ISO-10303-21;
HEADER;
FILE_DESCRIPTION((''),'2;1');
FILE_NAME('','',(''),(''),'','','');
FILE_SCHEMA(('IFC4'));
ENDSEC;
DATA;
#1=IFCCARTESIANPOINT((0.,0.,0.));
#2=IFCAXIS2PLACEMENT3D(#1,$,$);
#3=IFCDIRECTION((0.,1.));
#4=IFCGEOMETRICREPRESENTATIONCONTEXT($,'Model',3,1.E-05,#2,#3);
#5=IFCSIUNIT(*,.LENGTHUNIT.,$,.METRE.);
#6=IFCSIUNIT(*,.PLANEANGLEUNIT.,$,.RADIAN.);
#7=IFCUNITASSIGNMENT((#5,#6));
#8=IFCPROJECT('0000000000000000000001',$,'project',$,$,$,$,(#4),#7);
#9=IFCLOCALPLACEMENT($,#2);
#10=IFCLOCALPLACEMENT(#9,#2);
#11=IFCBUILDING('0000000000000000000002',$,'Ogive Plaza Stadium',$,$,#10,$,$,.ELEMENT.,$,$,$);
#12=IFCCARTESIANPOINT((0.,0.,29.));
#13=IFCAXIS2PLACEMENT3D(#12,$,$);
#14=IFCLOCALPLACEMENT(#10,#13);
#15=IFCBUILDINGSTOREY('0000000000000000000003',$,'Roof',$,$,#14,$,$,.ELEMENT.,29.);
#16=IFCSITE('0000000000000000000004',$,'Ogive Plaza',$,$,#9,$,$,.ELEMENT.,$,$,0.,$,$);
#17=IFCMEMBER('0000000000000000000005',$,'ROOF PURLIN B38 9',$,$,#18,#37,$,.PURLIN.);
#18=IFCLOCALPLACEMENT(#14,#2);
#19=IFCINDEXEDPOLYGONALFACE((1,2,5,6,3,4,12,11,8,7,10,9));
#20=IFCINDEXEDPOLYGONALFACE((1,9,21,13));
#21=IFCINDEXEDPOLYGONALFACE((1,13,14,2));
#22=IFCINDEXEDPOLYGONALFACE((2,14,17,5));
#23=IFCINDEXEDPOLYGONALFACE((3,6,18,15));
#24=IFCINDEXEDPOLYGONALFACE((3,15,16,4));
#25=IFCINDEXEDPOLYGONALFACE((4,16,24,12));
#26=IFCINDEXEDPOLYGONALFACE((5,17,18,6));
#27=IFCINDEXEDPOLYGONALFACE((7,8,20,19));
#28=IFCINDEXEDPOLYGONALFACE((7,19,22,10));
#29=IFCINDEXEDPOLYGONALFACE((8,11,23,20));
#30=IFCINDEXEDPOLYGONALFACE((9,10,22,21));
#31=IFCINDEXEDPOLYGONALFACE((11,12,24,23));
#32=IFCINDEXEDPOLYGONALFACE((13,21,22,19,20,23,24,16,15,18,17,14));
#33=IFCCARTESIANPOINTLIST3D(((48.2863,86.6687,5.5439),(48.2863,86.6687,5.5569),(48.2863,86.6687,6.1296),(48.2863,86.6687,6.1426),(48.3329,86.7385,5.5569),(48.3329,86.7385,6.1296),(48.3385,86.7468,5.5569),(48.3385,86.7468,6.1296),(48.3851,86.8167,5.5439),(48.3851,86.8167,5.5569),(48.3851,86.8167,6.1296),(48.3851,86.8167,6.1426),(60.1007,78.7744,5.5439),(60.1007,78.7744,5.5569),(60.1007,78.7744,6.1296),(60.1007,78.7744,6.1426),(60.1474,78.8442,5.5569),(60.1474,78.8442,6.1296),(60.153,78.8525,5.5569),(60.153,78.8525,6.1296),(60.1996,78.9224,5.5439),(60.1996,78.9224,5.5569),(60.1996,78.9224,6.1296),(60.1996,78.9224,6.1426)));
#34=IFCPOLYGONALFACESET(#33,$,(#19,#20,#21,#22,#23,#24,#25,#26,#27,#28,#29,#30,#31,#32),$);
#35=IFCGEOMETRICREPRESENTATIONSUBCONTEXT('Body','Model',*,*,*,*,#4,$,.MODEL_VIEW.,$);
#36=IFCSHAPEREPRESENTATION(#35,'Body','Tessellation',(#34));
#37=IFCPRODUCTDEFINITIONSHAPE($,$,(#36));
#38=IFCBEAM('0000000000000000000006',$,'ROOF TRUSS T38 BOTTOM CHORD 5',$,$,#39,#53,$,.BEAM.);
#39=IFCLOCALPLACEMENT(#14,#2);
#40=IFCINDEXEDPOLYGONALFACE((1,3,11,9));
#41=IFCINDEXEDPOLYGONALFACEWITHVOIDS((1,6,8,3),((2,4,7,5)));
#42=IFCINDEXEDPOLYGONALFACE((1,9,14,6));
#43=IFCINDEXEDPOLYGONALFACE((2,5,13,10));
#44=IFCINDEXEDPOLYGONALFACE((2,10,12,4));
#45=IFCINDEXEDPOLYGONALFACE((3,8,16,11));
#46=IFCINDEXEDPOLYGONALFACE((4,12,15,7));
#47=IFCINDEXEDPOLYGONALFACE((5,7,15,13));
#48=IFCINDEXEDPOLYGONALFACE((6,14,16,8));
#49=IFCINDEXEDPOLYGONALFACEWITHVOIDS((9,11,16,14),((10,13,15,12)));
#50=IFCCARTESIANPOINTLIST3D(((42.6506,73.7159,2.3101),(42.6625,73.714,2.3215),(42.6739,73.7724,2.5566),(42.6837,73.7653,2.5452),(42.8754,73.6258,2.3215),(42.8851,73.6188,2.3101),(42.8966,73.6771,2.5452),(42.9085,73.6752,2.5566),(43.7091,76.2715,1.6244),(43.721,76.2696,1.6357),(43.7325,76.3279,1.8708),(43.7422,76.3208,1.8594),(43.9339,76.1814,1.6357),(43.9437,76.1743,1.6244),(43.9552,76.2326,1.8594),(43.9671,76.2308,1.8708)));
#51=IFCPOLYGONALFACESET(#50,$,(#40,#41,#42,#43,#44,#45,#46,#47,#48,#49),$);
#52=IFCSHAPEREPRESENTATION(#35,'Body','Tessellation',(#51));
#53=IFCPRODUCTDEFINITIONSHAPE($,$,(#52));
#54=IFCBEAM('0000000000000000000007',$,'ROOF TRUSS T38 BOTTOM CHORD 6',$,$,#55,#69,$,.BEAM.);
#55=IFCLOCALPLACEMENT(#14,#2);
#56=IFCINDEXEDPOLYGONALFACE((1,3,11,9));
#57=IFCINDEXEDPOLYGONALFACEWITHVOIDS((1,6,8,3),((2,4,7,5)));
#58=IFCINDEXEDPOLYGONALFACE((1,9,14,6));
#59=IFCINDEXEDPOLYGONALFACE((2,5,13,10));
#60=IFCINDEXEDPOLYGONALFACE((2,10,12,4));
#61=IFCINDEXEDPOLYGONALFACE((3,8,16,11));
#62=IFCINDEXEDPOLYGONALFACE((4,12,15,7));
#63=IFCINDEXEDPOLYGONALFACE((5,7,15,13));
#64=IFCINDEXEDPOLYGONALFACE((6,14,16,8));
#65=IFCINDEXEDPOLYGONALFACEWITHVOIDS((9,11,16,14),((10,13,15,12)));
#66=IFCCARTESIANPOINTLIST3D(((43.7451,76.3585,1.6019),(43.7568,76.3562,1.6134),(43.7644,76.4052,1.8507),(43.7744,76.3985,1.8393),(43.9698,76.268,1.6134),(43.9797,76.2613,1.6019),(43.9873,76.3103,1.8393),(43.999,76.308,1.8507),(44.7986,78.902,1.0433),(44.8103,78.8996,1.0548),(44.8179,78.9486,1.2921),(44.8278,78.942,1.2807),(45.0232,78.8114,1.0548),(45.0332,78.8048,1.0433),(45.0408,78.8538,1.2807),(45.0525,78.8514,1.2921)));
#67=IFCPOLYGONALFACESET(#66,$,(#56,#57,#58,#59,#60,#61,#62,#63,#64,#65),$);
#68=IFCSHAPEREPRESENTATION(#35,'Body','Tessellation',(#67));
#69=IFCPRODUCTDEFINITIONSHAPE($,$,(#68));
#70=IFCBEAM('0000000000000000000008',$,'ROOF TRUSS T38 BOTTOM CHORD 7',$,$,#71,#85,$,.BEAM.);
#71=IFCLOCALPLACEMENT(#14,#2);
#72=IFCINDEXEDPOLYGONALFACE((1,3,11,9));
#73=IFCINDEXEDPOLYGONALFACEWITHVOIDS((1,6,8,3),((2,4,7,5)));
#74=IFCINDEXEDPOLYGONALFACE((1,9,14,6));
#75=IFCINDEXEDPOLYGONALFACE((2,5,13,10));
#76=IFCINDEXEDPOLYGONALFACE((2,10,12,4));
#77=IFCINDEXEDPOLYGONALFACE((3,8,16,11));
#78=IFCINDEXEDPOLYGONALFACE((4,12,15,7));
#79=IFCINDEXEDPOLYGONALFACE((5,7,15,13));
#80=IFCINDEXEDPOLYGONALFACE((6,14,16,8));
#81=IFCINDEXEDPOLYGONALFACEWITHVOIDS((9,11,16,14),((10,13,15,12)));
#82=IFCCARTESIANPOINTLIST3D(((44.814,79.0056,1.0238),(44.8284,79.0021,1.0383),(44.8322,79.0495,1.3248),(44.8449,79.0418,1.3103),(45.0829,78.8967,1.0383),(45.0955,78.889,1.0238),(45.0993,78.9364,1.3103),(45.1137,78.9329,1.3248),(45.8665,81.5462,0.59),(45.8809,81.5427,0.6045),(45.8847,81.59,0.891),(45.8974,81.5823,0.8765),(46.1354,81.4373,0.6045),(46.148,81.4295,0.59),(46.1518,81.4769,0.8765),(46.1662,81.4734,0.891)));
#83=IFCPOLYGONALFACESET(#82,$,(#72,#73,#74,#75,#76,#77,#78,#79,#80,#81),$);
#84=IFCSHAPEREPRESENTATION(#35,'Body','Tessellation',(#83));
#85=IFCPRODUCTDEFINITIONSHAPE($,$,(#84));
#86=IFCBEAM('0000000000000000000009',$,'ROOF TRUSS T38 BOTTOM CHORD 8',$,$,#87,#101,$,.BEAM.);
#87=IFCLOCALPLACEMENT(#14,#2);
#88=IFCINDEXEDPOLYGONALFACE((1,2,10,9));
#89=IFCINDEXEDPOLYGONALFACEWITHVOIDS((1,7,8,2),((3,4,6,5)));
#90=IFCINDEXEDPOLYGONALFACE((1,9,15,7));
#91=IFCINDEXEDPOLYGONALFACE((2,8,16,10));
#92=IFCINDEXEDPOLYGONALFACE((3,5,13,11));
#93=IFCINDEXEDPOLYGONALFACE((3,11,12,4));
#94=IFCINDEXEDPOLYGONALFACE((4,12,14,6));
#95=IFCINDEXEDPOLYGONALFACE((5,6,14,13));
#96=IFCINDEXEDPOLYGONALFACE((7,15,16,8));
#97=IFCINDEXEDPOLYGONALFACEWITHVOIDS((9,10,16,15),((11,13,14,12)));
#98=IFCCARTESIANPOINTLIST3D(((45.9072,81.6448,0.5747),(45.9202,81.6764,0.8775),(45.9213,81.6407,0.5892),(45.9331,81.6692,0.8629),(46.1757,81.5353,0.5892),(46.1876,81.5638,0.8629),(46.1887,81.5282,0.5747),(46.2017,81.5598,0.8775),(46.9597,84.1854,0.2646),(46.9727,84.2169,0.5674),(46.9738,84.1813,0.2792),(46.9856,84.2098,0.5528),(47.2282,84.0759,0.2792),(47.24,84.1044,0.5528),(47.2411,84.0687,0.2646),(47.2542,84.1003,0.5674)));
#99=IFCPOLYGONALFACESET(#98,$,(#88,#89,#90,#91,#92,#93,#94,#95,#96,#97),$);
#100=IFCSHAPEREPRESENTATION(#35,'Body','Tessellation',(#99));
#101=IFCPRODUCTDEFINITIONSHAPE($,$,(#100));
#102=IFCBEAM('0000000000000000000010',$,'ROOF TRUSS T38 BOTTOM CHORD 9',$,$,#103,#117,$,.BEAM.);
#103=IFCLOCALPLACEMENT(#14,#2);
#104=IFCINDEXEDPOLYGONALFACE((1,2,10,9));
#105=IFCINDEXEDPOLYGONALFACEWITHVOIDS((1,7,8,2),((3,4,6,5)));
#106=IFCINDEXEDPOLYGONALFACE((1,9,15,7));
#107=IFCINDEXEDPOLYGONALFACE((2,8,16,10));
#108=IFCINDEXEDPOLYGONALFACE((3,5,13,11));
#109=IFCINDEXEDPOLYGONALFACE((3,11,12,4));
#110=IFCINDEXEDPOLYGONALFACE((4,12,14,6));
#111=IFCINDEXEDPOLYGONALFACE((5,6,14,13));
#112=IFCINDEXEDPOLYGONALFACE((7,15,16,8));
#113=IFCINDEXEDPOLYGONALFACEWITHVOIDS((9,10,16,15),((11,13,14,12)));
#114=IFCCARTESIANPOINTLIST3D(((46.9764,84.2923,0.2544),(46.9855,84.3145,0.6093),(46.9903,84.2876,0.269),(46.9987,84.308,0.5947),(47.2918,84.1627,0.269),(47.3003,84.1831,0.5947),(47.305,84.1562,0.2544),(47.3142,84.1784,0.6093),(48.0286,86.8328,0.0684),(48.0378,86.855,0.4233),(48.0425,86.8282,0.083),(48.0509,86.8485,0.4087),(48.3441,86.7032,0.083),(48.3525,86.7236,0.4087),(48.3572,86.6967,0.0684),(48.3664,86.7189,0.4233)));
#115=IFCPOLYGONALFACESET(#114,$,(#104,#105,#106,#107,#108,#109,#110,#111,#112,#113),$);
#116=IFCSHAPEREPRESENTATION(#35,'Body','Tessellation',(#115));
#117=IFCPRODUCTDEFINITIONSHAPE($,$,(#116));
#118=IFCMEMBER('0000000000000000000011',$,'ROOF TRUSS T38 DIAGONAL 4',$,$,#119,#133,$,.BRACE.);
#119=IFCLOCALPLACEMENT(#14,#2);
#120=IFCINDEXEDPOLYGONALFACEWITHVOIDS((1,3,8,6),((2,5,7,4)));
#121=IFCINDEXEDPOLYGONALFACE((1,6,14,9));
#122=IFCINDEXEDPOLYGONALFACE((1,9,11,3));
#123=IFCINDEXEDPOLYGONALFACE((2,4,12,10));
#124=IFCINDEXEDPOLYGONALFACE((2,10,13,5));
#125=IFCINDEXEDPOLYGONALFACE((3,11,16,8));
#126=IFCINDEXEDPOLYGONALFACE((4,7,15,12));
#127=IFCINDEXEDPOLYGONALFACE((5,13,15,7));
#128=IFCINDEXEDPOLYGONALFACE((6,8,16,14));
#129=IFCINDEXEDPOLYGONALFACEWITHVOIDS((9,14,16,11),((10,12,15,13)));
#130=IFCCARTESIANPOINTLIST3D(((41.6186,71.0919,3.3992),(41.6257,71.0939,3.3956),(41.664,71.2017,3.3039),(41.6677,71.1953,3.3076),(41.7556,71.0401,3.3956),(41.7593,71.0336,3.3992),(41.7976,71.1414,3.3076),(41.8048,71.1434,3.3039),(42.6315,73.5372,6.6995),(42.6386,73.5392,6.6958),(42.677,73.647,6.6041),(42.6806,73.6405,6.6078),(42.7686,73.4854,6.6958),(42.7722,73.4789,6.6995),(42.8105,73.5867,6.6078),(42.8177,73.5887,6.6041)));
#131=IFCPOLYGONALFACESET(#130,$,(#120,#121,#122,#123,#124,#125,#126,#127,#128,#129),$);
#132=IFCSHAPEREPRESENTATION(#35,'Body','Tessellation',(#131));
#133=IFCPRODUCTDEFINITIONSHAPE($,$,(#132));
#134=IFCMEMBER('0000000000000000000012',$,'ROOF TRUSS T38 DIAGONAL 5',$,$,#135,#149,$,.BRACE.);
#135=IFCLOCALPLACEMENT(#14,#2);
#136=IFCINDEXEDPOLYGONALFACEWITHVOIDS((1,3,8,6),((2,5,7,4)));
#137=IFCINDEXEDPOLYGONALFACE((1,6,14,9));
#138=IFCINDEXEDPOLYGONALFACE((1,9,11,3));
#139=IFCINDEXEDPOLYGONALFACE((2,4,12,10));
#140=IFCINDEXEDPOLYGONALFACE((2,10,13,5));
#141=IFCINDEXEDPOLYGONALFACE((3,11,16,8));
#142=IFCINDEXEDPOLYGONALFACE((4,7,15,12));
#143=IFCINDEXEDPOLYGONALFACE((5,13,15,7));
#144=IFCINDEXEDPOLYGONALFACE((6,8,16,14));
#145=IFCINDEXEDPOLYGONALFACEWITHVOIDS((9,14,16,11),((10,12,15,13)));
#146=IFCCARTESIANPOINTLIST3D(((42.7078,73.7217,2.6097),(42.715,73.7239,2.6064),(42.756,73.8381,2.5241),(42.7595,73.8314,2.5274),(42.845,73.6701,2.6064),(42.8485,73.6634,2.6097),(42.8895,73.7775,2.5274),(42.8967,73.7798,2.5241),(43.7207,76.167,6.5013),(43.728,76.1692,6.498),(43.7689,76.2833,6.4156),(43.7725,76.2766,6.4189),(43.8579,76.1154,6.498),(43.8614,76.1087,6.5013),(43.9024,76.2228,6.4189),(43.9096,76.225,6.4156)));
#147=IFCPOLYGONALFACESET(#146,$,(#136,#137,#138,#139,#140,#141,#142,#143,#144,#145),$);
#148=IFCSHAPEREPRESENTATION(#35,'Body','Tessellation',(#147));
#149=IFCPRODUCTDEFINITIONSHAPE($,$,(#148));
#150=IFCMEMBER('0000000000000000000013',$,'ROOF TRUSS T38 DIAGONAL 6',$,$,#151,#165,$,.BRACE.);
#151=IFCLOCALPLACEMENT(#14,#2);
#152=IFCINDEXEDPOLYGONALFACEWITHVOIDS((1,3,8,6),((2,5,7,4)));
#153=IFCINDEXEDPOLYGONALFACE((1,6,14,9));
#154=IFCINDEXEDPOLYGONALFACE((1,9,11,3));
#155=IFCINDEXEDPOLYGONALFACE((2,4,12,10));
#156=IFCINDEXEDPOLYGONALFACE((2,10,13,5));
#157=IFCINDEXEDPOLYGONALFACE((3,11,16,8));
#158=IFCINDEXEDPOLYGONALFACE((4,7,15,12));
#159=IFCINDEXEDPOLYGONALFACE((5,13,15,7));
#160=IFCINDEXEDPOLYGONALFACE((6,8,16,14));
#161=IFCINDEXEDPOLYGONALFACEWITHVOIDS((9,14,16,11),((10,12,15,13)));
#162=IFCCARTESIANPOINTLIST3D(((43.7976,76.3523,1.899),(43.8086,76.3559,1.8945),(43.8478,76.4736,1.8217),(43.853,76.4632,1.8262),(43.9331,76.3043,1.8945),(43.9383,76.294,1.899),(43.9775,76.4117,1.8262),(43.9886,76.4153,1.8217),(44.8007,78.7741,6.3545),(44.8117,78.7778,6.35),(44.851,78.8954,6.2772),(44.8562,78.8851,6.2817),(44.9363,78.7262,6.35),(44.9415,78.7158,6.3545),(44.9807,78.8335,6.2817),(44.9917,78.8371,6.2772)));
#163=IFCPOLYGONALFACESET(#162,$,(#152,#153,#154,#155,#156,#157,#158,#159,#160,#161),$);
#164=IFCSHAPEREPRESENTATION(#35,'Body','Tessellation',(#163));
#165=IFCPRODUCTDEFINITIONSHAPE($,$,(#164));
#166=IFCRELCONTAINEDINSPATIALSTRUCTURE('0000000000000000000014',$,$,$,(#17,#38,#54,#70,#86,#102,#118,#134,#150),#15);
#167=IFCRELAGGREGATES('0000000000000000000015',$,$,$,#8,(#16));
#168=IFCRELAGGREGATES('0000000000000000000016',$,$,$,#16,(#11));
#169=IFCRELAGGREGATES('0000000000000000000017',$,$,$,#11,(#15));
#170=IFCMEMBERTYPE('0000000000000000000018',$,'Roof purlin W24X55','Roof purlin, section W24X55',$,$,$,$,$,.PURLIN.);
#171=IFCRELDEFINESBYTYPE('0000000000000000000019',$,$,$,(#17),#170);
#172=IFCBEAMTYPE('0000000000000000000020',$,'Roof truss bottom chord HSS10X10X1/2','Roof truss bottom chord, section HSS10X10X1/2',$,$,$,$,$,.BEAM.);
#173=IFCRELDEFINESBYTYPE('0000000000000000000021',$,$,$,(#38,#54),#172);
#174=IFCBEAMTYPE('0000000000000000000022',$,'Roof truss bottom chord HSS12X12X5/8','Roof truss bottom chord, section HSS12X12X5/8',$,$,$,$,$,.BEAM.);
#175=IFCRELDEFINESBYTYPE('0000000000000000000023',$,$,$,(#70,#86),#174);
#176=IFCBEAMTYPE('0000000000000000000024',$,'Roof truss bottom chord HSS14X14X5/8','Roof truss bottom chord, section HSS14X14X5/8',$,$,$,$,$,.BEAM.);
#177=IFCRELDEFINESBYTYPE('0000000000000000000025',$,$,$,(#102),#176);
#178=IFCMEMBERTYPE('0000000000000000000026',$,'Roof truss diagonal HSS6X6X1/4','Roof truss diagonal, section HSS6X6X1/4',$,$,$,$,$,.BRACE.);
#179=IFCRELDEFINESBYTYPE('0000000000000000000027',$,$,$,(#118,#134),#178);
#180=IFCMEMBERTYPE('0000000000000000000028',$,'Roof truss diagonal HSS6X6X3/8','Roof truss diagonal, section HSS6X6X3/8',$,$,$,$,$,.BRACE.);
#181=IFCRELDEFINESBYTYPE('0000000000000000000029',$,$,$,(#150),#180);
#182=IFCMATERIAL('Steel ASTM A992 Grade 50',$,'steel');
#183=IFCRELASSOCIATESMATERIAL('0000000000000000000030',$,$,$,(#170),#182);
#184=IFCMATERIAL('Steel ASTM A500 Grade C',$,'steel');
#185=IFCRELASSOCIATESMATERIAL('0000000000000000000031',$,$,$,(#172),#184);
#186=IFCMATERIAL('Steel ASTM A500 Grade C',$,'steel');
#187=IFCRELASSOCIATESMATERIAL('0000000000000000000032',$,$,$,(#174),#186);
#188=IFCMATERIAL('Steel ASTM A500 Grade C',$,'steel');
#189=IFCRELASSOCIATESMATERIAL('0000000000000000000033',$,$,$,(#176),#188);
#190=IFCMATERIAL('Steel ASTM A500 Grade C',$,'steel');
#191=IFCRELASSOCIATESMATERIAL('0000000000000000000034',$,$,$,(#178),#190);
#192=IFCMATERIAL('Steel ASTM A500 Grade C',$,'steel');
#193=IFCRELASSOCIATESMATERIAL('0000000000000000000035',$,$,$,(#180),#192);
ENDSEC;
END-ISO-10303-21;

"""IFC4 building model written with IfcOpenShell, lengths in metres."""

from ifc_helpers import new_model, si_unit, direction, frame, origin, origin_2d, place, context, subcontext, project, spatial, hollow_rectangle, i_section, extrude, material, material_profile, profile_set, type_object, element, save


model = new_model("IFC4")

# Units and contexts
model_context = context("Model", 3, precision=1e-05, world=origin(), true_north=direction((0.0, 1.0)))
body_context = subcontext(model_context, "Body", "Model", "MODEL_VIEW")
ifc_project = project(units=[si_unit("LENGTHUNIT", "METRE"), si_unit("PLANEANGLEUNIT", "RADIAN")], contexts=[model_context])

# Site, building, storey
site_placement = place(None, origin())
site = spatial("IfcSite", under=ifc_project, at=site_placement, Name="Ogive Plaza", CompositionType="ELEMENT", RefElevation=0.0)
building_placement = place(site_placement, origin())
building = spatial("IfcBuilding", under=site, at=building_placement, Name="Ogive Plaza Stadium", CompositionType="ELEMENT")
storey_placement = place(building_placement, frame((0.0, 0.0, 29.0)))
storey = spatial("IfcBuildingStorey", under=building, at=storey_placement, Name="Roof", CompositionType="ELEMENT", Elevation=29.0)

# Member
ifc_material_1 = material(Name="Steel ASTM A992 Grade 50", Category="steel")
ifc_material_profile_1 = material_profile(ifc_material_1, i_section(OverallWidth=0.178, OverallDepth=0.5986, WebThickness=0.01, FlangeThickness=0.0129, at=origin_2d()), Name="W24X55")
ifc_profile_set_1 = profile_set([ifc_material_profile_1], Name="Steel ASTM A992 Grade 50")
member_type_1 = type_object("IfcMemberType", Name="Roof purlin W24X55", Description="Roof purlin, section W24X55", PredefinedType="PURLIN", material=ifc_profile_set_1)
member_1_placement = place(storey_placement, frame((48.3357, 86.7427, 5.8433), z_axis=(0.831466, -0.555576, 0.0), x_axis=(0.555576, 0.831466, 0.0)))
element("IfcMember", 1, at=member_1_placement, inside=storey, type_object=member_type_1, Name="ROOF PURLIN B38 9", PredefinedType="PURLIN", context=body_context, shape_type="SweptSolid", body=[
    extrude(i_section(OverallWidth=0.178, OverallDepth=0.5986, WebThickness=0.01, FlangeThickness=0.0129, at=origin_2d()), origin(), (0.0, 0.0, 1.0), 14.2092),
])

# Beams
ifc_material_2 = material(Name="Steel ASTM A500 Grade C", Category="steel")
ifc_material_profile_2 = material_profile(ifc_material_2, hollow_rectangle(XDim=0.2539, YDim=0.2539, WallThickness=0.0117, at=origin_2d()), Name="HSS10X10X1/2")
ifc_profile_set_2 = profile_set([ifc_material_profile_2], Name="Steel ASTM A500 Grade C")
beam_type_1 = type_object("IfcBeamType", Name="Roof truss bottom chord HSS10X10X1/2", Description="Roof truss bottom chord, section HSS10X10X1/2", PredefinedType="BEAM", material=ifc_profile_set_2)
beam_1_placement = place(storey_placement, frame((42.7795, 73.6956, 2.4333), z_axis=(0.37144, 0.896733, -0.240631), x_axis=(-0.923879, 0.382684, 0.0)))
element("IfcBeam", 2, at=beam_1_placement, inside=storey, type_object=beam_type_1, Name="ROOF TRUSS T38 BOTTOM CHORD 5", PredefinedType="BEAM", context=body_context, shape_type="SweptSolid", body=[
    extrude(hollow_rectangle(XDim=0.2539, YDim=0.2539, WallThickness=0.0117, at=origin_2d()), origin(), (0.0, 0.0, 1.0), 2.8499),
])
beam_2_placement = place(storey_placement, frame((43.8721, 76.3333, 1.7263), z_axis=(0.375021, 0.905438, -0.198852), x_axis=(-0.923888, 0.382662, 0.0)))
element("IfcBeam", 3, at=beam_2_placement, inside=storey, type_object=beam_type_1, Name="ROOF TRUSS T38 BOTTOM CHORD 6", PredefinedType="BEAM", context=body_context, shape_type="SweptSolid", body=[
    extrude(hollow_rectangle(XDim=0.2539, YDim=0.2539, WallThickness=0.0117, at=origin_2d()), origin(), (0.0, 0.0, 1.0), 2.8091),
])
ifc_material_3 = material(Name="Steel ASTM A500 Grade C", Category="steel")
ifc_material_profile_3 = material_profile(ifc_material_3, hollow_rectangle(XDim=0.3047, YDim=0.3047, WallThickness=0.0146, at=origin_2d()), Name="HSS12X12X5/8")
ifc_profile_set_3 = profile_set([ifc_material_profile_3], Name="Steel ASTM A500 Grade C")
beam_type_2 = type_object("IfcBeamType", Name="Roof truss bottom chord HSS12X12X5/8", Description="Roof truss bottom chord, section HSS12X12X5/8", PredefinedType="BEAM", material=ifc_profile_set_3)
beam_3_placement = place(storey_placement, frame((44.9639, 78.9692, 1.1743), z_axis=(0.37806, 0.912571, -0.155837), x_axis=(-0.923858, 0.382736, 0.0)))
element("IfcBeam", 4, at=beam_3_placement, inside=storey, type_object=beam_type_2, Name="ROOF TRUSS T38 BOTTOM CHORD 7", PredefinedType="BEAM", context=body_context, shape_type="SweptSolid", body=[
    extrude(hollow_rectangle(XDim=0.3047, YDim=0.3047, WallThickness=0.0146, at=origin_2d()), origin(), (0.0, 0.0, 1.0), 2.7839),
])
beam_4_placement = place(storey_placement, frame((46.0544, 81.6023, 0.7261), z_axis=(0.380326, 0.918041, -0.112042), x_axis=(-0.923858, 0.382736, 0.0)))
element("IfcBeam", 5, at=beam_4_placement, inside=storey, type_object=beam_type_2, Name="ROOF TRUSS T38 BOTTOM CHORD 8", PredefinedType="BEAM", context=body_context, shape_type="SweptSolid", body=[
    extrude(hollow_rectangle(XDim=0.3047, YDim=0.3047, WallThickness=0.0146, at=origin_2d()), origin(), (0.0, 0.0, 1.0), 2.7673),
])
ifc_material_4 = material(Name="Steel ASTM A500 Grade C", Category="steel")
ifc_material_profile_4 = material_profile(ifc_material_4, hollow_rectangle(XDim=0.3557, YDim=0.3557, WallThickness=0.0146, at=origin_2d()), Name="HSS14X14X5/8")
ifc_profile_set_4 = profile_set([ifc_material_profile_4], Name="Steel ASTM A500 Grade C")
beam_type_3 = type_object("IfcBeamType", Name="Roof truss bottom chord HSS14X14X5/8", Description="Roof truss bottom chord, section HSS14X14X5/8", PredefinedType="BEAM", material=ifc_profile_set_4)
beam_5_placement = place(storey_placement, frame((47.1453, 84.2354, 0.4319), z_axis=(0.381787, 0.921782, -0.067499), x_axis=(-0.923889, 0.38266, 0.0)))
element("IfcBeam", 6, at=beam_5_placement, inside=storey, type_object=beam_type_3, Name="ROOF TRUSS T38 BOTTOM CHORD 9", PredefinedType="BEAM", context=body_context, shape_type="SweptSolid", body=[
    extrude(hollow_rectangle(XDim=0.3557, YDim=0.3557, WallThickness=0.0146, at=origin_2d()), origin(), (0.0, 0.0, 1.0), 2.7561),
])

# Members
ifc_material_5 = material(Name="Steel ASTM A500 Grade C", Category="steel")
ifc_material_profile_5 = material_profile(ifc_material_5, hollow_rectangle(XDim=0.1523, YDim=0.1523, WallThickness=0.0059, at=origin_2d()), Name="HSS6X6X1/4")
ifc_profile_set_5 = profile_set([ifc_material_profile_5], Name="Steel ASTM A500 Grade C")
member_type_2 = type_object("IfcMemberType", Name="Roof truss diagonal HSS6X6X1/4", Description="Roof truss diagonal, section HSS6X6X1/4", PredefinedType="BRACE", material=ifc_profile_set_5)
member_2_placement = place(storey_placement, frame((41.7117, 71.1177, 3.3516), z_axis=(0.239435, 0.578013, 0.78011), x_axis=(-0.923872, 0.382702, 0.0)))
element("IfcMember", 7, at=member_2_placement, inside=storey, type_object=member_type_2, Name="ROOF TRUSS T38 DIAGONAL 4", PredefinedType="BRACE", context=body_context, shape_type="SweptSolid", body=[
    extrude(hollow_rectangle(XDim=0.1523, YDim=0.1523, WallThickness=0.0059, at=origin_2d()), origin(), (0.0, 0.0, 1.0), 4.2305),
])
member_3_placement = place(storey_placement, frame((42.8022, 73.7507, 2.5669), z_axis=(0.215226, 0.519572, 0.826875), x_axis=(-0.923872, 0.382702, 0.0)))
element("IfcMember", 8, at=member_3_placement, inside=storey, type_object=member_type_2, Name="ROOF TRUSS T38 DIAGONAL 5", PredefinedType="BRACE", context=body_context, shape_type="SweptSolid", body=[
    extrude(hollow_rectangle(XDim=0.1523, YDim=0.1523, WallThickness=0.0059, at=origin_2d()), origin(), (0.0, 0.0, 1.0), 4.7063),
])
ifc_material_6 = material(Name="Steel ASTM A500 Grade C", Category="steel")
ifc_material_profile_6 = material_profile(ifc_material_6, hollow_rectangle(XDim=0.1523, YDim=0.1523, WallThickness=0.0088, at=origin_2d()), Name="HSS6X6X3/8")
ifc_profile_set_6 = profile_set([ifc_material_profile_6], Name="Steel ASTM A500 Grade C")
member_type_3 = type_object("IfcMemberType", Name="Roof truss diagonal HSS6X6X3/8", Description="Roof truss diagonal, section HSS6X6X3/8", PredefinedType="BRACE", material=ifc_profile_set_6)
member_4_placement = place(storey_placement, frame((43.8931, 76.3838, 1.8604), z_axis=(0.194056, 0.468492, 0.861892), x_axis=(-0.923879, 0.382684, 0.0)))
element("IfcMember", 9, at=member_4_placement, inside=storey, type_object=member_type_3, Name="ROOF TRUSS T38 DIAGONAL 6", PredefinedType="BRACE", context=body_context, shape_type="SweptSolid", body=[
    extrude(hollow_rectangle(XDim=0.1523, YDim=0.1523, WallThickness=0.0088, at=origin_2d()), origin(), (0.0, 0.0, 1.0), 5.1694),
])

save(model, "model.ifc")
